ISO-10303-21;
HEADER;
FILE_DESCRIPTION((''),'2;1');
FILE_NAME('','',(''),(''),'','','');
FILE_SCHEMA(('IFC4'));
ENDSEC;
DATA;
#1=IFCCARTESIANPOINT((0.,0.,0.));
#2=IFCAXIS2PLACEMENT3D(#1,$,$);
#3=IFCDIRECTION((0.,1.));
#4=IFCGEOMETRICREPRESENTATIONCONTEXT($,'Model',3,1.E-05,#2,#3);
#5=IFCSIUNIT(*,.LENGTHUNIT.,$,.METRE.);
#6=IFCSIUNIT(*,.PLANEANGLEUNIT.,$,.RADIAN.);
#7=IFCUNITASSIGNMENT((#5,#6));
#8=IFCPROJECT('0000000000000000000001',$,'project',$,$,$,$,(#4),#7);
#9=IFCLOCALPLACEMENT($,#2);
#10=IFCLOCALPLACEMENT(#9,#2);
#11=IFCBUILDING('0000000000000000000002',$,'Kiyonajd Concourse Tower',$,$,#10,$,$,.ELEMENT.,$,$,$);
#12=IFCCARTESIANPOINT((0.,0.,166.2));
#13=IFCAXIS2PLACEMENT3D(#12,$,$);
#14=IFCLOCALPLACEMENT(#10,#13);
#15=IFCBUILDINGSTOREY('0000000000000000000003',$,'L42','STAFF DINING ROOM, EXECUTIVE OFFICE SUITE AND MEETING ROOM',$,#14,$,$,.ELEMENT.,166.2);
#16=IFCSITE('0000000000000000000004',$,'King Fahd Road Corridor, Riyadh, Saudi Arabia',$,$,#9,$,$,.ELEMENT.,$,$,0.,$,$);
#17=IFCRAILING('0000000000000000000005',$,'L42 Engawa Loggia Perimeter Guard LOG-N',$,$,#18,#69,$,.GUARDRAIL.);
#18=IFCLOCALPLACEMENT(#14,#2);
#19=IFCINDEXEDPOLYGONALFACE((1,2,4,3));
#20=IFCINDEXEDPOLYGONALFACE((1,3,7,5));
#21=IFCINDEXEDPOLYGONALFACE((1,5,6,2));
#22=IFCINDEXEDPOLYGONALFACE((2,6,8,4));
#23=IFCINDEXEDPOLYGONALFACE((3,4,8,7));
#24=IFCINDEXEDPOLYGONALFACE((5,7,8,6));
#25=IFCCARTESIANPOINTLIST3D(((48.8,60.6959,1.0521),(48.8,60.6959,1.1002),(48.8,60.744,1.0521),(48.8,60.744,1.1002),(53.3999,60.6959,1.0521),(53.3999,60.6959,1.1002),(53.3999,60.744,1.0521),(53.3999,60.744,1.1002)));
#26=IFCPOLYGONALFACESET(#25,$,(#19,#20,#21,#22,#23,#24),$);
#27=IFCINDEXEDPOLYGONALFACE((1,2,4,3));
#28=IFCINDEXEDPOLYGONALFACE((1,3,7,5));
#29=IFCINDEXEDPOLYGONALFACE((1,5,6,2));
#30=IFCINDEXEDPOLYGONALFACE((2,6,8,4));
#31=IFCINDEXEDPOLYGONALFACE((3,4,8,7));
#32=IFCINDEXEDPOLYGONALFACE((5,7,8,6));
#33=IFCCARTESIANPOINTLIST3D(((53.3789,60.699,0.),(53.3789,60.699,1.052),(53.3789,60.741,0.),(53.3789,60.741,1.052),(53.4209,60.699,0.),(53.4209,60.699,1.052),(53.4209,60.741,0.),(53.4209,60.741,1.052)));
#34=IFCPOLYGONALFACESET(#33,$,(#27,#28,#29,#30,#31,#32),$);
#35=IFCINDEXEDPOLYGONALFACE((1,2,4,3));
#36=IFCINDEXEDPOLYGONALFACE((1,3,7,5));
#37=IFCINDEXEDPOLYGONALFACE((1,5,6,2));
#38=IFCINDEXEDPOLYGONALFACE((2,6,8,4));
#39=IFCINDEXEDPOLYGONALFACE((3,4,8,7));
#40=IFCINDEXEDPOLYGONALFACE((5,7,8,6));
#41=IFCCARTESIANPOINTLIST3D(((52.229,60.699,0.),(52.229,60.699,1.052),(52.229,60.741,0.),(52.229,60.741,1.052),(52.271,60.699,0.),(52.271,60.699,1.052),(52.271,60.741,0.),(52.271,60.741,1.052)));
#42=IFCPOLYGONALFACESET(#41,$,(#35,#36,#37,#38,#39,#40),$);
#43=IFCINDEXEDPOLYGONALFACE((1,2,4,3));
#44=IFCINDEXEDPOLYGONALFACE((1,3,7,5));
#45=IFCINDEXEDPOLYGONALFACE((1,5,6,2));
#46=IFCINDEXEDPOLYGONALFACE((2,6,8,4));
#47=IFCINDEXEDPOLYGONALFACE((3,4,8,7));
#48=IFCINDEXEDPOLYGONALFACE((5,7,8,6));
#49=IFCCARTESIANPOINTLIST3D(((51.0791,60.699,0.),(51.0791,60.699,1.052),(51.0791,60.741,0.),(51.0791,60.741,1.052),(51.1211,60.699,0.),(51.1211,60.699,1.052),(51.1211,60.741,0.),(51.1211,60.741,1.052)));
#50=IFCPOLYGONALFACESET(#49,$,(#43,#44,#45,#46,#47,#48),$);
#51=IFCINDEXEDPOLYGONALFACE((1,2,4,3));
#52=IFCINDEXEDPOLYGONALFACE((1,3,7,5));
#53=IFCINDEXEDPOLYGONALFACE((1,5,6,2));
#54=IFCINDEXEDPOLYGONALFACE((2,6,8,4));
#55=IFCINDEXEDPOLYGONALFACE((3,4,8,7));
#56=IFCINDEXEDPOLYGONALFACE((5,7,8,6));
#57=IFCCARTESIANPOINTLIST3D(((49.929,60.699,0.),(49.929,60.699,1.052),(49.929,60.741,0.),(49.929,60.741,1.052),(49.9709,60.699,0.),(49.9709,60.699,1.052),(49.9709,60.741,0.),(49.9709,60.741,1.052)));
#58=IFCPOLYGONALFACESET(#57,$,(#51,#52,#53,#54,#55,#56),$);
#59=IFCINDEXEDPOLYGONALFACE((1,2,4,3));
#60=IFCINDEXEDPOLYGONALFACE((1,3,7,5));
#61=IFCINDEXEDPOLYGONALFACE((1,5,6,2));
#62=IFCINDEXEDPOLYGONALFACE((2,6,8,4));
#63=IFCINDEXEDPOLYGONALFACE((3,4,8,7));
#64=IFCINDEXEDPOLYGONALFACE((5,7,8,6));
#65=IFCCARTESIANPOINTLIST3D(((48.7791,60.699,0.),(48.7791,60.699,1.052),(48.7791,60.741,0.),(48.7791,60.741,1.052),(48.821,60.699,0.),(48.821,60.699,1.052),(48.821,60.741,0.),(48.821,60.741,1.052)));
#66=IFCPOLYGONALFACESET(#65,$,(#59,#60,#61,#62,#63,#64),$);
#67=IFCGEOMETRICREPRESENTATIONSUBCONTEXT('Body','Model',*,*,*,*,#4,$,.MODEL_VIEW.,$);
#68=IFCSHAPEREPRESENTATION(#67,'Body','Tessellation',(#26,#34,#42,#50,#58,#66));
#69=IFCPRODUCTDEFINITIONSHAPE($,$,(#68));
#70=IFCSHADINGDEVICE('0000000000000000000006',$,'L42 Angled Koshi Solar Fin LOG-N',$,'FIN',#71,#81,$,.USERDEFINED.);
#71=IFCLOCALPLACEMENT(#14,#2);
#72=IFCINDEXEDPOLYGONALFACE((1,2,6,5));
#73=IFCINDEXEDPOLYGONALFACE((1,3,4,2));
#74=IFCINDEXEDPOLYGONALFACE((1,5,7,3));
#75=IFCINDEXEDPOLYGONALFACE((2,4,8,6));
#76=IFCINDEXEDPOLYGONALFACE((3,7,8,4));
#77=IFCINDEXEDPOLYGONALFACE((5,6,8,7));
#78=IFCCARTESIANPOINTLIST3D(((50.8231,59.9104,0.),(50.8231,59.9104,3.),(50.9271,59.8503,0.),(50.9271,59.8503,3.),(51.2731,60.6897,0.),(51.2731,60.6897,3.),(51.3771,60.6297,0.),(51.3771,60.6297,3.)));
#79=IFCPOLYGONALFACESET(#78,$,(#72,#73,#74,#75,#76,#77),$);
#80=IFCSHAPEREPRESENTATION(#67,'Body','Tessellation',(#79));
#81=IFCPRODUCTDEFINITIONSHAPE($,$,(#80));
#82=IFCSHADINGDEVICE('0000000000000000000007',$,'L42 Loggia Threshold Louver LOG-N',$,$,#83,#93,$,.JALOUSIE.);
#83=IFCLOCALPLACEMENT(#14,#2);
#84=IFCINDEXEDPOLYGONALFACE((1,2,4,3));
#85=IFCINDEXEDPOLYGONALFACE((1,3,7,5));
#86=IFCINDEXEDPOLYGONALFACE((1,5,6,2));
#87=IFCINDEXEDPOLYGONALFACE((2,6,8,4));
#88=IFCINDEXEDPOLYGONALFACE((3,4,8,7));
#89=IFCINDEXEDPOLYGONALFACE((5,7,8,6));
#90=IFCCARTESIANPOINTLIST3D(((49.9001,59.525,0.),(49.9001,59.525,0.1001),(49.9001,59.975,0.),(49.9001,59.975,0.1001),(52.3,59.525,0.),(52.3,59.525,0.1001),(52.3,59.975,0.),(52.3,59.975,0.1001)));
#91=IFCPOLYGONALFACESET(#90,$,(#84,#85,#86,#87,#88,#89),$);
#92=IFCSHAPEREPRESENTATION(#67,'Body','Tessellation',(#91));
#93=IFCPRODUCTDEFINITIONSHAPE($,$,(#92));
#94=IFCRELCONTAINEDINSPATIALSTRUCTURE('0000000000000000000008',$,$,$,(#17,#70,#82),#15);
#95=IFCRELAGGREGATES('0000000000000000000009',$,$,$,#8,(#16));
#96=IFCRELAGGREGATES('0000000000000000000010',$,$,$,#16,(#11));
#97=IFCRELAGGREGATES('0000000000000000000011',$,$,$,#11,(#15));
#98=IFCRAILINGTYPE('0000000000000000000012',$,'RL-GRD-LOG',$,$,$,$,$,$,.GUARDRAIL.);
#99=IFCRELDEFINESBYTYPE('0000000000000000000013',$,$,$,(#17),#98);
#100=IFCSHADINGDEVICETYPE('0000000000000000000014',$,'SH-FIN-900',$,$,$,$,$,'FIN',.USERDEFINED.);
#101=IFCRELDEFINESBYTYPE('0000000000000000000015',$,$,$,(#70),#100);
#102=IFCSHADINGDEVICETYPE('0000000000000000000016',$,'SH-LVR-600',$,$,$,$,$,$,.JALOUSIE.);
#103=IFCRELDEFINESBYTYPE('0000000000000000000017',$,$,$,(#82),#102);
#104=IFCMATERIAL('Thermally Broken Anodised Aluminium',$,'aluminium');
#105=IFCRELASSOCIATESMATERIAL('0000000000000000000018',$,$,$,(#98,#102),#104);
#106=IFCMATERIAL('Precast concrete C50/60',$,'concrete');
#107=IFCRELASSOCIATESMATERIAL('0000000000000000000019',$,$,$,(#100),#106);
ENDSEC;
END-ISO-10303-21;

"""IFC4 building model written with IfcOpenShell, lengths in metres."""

from ifc_helpers import new_model, si_unit, direction, frame, origin, origin_2d, place, context, subcontext, project, spatial, rectangle, extrude, material, type_object, element, save


model = new_model("IFC4")

# Units and contexts
model_context = context("Model", 3, precision=1e-05, world=origin(), true_north=direction((0.0, 1.0)))
body_context = subcontext(model_context, "Body", "Model", "MODEL_VIEW")
ifc_project = project(units=[si_unit("LENGTHUNIT", "METRE"), si_unit("PLANEANGLEUNIT", "RADIAN")], contexts=[model_context])

# Site, building, storey
site_placement = place(None, origin())
site = spatial("IfcSite", under=ifc_project, at=site_placement, Name="King Fahd Road Corridor, Riyadh, Saudi Arabia", CompositionType="ELEMENT", RefElevation=0.0)
building_placement = place(site_placement, origin())
building = spatial("IfcBuilding", under=site, at=building_placement, Name="Kiyonajd Concourse Tower", CompositionType="ELEMENT")
storey_placement = place(building_placement, frame((0.0, 0.0, 166.2)))
storey = spatial("IfcBuildingStorey", under=building, at=storey_placement, Name="L42", Description="STAFF DINING ROOM, EXECUTIVE OFFICE SUITE AND MEETING ROOM", CompositionType="ELEMENT", Elevation=166.2)

# Shared definitions
ifc_material_1 = material(Name="Thermally Broken Anodised Aluminium", Category="aluminium")

# Shared definitions
ifc_material_2 = material(Name="Precast concrete C50/60", Category="concrete")

# Railing
railing_type = type_object("IfcRailingType", Name="RL-GRD-LOG", PredefinedType="GUARDRAIL", material=ifc_material_1)
railing_placement = place(storey_placement, frame((53.3999, 60.72, 0.0)))
element("IfcRailing", 1, at=railing_placement, inside=storey, type_object=railing_type, Name="L42 Engawa Loggia Perimeter Guard LOG-N", PredefinedType="GUARDRAIL", context=body_context, shape_type="SweptSolid", body=[
    extrude(rectangle(XDim=0.0481, YDim=0.0481, at=origin_2d()), frame((0.0, 0.0, 1.0762), z_axis=(-1.0, 0.0, 0.0), x_axis=(0.0, -1.0, 0.0)), (0.0, 0.0, 1.0), 4.5999),
    extrude(rectangle(XDim=0.042, YDim=0.042, at=origin_2d()), origin(), (0.0, 0.0, 1.0), 1.052),
    extrude(rectangle(XDim=0.042, YDim=0.042, at=origin_2d()), frame((-1.1499, 0.0, 0.0)), (0.0, 0.0, 1.0), 1.052),
    extrude(rectangle(XDim=0.042, YDim=0.042, at=origin_2d()), frame((-2.2998, 0.0, 0.0)), (0.0, 0.0, 1.0), 1.052),
    extrude(rectangle(XDim=0.042, YDim=0.042, at=origin_2d()), frame((-3.45, 0.0, 0.0)), (0.0, 0.0, 1.0), 1.052),
    extrude(rectangle(XDim=0.042, YDim=0.042, at=origin_2d()), frame((-4.5999, 0.0, 0.0)), (0.0, 0.0, 1.0), 1.052),
])

# Shading devices
shading_device_type_1 = type_object("IfcShadingDeviceType", Name="SH-FIN-900", ElementType="FIN", PredefinedType="USERDEFINED", material=ifc_material_2)
shading_device_1_placement = place(storey_placement, frame((51.1001, 60.27, 0.0), z_axis=(0.0, 0.0, 1.0), x_axis=(0.5, 0.866025, 0.0)))
element("IfcShadingDevice", 2, at=shading_device_1_placement, inside=storey, type_object=shading_device_type_1, Name="L42 Angled Koshi Solar Fin LOG-N", ObjectType="FIN", PredefinedType="USERDEFINED", context=body_context, shape_type="SweptSolid", body=[
    extrude(rectangle(XDim=0.8999, YDim=0.1201, at=origin_2d()), origin(), (0.0, 0.0, 1.0), 3.0),
])
shading_device_type_2 = type_object("IfcShadingDeviceType", Name="SH-LVR-600", PredefinedType="JALOUSIE", material=ifc_material_1)
shading_device_2_placement = place(storey_placement, frame((51.1001, 59.75, 0.0), z_axis=(0.0, 0.0, 1.0), x_axis=(1.0, 0.0, 0.0)))
element("IfcShadingDevice", 3, at=shading_device_2_placement, inside=storey, type_object=shading_device_type_2, Name="L42 Loggia Threshold Louver LOG-N", PredefinedType="JALOUSIE", context=body_context, shape_type="SweptSolid", body=[
    extrude(rectangle(XDim=2.3999, YDim=0.45, at=origin_2d()), origin(), (0.0, 0.0, 1.0), 0.1001),
])

save(model, "model.ifc")
